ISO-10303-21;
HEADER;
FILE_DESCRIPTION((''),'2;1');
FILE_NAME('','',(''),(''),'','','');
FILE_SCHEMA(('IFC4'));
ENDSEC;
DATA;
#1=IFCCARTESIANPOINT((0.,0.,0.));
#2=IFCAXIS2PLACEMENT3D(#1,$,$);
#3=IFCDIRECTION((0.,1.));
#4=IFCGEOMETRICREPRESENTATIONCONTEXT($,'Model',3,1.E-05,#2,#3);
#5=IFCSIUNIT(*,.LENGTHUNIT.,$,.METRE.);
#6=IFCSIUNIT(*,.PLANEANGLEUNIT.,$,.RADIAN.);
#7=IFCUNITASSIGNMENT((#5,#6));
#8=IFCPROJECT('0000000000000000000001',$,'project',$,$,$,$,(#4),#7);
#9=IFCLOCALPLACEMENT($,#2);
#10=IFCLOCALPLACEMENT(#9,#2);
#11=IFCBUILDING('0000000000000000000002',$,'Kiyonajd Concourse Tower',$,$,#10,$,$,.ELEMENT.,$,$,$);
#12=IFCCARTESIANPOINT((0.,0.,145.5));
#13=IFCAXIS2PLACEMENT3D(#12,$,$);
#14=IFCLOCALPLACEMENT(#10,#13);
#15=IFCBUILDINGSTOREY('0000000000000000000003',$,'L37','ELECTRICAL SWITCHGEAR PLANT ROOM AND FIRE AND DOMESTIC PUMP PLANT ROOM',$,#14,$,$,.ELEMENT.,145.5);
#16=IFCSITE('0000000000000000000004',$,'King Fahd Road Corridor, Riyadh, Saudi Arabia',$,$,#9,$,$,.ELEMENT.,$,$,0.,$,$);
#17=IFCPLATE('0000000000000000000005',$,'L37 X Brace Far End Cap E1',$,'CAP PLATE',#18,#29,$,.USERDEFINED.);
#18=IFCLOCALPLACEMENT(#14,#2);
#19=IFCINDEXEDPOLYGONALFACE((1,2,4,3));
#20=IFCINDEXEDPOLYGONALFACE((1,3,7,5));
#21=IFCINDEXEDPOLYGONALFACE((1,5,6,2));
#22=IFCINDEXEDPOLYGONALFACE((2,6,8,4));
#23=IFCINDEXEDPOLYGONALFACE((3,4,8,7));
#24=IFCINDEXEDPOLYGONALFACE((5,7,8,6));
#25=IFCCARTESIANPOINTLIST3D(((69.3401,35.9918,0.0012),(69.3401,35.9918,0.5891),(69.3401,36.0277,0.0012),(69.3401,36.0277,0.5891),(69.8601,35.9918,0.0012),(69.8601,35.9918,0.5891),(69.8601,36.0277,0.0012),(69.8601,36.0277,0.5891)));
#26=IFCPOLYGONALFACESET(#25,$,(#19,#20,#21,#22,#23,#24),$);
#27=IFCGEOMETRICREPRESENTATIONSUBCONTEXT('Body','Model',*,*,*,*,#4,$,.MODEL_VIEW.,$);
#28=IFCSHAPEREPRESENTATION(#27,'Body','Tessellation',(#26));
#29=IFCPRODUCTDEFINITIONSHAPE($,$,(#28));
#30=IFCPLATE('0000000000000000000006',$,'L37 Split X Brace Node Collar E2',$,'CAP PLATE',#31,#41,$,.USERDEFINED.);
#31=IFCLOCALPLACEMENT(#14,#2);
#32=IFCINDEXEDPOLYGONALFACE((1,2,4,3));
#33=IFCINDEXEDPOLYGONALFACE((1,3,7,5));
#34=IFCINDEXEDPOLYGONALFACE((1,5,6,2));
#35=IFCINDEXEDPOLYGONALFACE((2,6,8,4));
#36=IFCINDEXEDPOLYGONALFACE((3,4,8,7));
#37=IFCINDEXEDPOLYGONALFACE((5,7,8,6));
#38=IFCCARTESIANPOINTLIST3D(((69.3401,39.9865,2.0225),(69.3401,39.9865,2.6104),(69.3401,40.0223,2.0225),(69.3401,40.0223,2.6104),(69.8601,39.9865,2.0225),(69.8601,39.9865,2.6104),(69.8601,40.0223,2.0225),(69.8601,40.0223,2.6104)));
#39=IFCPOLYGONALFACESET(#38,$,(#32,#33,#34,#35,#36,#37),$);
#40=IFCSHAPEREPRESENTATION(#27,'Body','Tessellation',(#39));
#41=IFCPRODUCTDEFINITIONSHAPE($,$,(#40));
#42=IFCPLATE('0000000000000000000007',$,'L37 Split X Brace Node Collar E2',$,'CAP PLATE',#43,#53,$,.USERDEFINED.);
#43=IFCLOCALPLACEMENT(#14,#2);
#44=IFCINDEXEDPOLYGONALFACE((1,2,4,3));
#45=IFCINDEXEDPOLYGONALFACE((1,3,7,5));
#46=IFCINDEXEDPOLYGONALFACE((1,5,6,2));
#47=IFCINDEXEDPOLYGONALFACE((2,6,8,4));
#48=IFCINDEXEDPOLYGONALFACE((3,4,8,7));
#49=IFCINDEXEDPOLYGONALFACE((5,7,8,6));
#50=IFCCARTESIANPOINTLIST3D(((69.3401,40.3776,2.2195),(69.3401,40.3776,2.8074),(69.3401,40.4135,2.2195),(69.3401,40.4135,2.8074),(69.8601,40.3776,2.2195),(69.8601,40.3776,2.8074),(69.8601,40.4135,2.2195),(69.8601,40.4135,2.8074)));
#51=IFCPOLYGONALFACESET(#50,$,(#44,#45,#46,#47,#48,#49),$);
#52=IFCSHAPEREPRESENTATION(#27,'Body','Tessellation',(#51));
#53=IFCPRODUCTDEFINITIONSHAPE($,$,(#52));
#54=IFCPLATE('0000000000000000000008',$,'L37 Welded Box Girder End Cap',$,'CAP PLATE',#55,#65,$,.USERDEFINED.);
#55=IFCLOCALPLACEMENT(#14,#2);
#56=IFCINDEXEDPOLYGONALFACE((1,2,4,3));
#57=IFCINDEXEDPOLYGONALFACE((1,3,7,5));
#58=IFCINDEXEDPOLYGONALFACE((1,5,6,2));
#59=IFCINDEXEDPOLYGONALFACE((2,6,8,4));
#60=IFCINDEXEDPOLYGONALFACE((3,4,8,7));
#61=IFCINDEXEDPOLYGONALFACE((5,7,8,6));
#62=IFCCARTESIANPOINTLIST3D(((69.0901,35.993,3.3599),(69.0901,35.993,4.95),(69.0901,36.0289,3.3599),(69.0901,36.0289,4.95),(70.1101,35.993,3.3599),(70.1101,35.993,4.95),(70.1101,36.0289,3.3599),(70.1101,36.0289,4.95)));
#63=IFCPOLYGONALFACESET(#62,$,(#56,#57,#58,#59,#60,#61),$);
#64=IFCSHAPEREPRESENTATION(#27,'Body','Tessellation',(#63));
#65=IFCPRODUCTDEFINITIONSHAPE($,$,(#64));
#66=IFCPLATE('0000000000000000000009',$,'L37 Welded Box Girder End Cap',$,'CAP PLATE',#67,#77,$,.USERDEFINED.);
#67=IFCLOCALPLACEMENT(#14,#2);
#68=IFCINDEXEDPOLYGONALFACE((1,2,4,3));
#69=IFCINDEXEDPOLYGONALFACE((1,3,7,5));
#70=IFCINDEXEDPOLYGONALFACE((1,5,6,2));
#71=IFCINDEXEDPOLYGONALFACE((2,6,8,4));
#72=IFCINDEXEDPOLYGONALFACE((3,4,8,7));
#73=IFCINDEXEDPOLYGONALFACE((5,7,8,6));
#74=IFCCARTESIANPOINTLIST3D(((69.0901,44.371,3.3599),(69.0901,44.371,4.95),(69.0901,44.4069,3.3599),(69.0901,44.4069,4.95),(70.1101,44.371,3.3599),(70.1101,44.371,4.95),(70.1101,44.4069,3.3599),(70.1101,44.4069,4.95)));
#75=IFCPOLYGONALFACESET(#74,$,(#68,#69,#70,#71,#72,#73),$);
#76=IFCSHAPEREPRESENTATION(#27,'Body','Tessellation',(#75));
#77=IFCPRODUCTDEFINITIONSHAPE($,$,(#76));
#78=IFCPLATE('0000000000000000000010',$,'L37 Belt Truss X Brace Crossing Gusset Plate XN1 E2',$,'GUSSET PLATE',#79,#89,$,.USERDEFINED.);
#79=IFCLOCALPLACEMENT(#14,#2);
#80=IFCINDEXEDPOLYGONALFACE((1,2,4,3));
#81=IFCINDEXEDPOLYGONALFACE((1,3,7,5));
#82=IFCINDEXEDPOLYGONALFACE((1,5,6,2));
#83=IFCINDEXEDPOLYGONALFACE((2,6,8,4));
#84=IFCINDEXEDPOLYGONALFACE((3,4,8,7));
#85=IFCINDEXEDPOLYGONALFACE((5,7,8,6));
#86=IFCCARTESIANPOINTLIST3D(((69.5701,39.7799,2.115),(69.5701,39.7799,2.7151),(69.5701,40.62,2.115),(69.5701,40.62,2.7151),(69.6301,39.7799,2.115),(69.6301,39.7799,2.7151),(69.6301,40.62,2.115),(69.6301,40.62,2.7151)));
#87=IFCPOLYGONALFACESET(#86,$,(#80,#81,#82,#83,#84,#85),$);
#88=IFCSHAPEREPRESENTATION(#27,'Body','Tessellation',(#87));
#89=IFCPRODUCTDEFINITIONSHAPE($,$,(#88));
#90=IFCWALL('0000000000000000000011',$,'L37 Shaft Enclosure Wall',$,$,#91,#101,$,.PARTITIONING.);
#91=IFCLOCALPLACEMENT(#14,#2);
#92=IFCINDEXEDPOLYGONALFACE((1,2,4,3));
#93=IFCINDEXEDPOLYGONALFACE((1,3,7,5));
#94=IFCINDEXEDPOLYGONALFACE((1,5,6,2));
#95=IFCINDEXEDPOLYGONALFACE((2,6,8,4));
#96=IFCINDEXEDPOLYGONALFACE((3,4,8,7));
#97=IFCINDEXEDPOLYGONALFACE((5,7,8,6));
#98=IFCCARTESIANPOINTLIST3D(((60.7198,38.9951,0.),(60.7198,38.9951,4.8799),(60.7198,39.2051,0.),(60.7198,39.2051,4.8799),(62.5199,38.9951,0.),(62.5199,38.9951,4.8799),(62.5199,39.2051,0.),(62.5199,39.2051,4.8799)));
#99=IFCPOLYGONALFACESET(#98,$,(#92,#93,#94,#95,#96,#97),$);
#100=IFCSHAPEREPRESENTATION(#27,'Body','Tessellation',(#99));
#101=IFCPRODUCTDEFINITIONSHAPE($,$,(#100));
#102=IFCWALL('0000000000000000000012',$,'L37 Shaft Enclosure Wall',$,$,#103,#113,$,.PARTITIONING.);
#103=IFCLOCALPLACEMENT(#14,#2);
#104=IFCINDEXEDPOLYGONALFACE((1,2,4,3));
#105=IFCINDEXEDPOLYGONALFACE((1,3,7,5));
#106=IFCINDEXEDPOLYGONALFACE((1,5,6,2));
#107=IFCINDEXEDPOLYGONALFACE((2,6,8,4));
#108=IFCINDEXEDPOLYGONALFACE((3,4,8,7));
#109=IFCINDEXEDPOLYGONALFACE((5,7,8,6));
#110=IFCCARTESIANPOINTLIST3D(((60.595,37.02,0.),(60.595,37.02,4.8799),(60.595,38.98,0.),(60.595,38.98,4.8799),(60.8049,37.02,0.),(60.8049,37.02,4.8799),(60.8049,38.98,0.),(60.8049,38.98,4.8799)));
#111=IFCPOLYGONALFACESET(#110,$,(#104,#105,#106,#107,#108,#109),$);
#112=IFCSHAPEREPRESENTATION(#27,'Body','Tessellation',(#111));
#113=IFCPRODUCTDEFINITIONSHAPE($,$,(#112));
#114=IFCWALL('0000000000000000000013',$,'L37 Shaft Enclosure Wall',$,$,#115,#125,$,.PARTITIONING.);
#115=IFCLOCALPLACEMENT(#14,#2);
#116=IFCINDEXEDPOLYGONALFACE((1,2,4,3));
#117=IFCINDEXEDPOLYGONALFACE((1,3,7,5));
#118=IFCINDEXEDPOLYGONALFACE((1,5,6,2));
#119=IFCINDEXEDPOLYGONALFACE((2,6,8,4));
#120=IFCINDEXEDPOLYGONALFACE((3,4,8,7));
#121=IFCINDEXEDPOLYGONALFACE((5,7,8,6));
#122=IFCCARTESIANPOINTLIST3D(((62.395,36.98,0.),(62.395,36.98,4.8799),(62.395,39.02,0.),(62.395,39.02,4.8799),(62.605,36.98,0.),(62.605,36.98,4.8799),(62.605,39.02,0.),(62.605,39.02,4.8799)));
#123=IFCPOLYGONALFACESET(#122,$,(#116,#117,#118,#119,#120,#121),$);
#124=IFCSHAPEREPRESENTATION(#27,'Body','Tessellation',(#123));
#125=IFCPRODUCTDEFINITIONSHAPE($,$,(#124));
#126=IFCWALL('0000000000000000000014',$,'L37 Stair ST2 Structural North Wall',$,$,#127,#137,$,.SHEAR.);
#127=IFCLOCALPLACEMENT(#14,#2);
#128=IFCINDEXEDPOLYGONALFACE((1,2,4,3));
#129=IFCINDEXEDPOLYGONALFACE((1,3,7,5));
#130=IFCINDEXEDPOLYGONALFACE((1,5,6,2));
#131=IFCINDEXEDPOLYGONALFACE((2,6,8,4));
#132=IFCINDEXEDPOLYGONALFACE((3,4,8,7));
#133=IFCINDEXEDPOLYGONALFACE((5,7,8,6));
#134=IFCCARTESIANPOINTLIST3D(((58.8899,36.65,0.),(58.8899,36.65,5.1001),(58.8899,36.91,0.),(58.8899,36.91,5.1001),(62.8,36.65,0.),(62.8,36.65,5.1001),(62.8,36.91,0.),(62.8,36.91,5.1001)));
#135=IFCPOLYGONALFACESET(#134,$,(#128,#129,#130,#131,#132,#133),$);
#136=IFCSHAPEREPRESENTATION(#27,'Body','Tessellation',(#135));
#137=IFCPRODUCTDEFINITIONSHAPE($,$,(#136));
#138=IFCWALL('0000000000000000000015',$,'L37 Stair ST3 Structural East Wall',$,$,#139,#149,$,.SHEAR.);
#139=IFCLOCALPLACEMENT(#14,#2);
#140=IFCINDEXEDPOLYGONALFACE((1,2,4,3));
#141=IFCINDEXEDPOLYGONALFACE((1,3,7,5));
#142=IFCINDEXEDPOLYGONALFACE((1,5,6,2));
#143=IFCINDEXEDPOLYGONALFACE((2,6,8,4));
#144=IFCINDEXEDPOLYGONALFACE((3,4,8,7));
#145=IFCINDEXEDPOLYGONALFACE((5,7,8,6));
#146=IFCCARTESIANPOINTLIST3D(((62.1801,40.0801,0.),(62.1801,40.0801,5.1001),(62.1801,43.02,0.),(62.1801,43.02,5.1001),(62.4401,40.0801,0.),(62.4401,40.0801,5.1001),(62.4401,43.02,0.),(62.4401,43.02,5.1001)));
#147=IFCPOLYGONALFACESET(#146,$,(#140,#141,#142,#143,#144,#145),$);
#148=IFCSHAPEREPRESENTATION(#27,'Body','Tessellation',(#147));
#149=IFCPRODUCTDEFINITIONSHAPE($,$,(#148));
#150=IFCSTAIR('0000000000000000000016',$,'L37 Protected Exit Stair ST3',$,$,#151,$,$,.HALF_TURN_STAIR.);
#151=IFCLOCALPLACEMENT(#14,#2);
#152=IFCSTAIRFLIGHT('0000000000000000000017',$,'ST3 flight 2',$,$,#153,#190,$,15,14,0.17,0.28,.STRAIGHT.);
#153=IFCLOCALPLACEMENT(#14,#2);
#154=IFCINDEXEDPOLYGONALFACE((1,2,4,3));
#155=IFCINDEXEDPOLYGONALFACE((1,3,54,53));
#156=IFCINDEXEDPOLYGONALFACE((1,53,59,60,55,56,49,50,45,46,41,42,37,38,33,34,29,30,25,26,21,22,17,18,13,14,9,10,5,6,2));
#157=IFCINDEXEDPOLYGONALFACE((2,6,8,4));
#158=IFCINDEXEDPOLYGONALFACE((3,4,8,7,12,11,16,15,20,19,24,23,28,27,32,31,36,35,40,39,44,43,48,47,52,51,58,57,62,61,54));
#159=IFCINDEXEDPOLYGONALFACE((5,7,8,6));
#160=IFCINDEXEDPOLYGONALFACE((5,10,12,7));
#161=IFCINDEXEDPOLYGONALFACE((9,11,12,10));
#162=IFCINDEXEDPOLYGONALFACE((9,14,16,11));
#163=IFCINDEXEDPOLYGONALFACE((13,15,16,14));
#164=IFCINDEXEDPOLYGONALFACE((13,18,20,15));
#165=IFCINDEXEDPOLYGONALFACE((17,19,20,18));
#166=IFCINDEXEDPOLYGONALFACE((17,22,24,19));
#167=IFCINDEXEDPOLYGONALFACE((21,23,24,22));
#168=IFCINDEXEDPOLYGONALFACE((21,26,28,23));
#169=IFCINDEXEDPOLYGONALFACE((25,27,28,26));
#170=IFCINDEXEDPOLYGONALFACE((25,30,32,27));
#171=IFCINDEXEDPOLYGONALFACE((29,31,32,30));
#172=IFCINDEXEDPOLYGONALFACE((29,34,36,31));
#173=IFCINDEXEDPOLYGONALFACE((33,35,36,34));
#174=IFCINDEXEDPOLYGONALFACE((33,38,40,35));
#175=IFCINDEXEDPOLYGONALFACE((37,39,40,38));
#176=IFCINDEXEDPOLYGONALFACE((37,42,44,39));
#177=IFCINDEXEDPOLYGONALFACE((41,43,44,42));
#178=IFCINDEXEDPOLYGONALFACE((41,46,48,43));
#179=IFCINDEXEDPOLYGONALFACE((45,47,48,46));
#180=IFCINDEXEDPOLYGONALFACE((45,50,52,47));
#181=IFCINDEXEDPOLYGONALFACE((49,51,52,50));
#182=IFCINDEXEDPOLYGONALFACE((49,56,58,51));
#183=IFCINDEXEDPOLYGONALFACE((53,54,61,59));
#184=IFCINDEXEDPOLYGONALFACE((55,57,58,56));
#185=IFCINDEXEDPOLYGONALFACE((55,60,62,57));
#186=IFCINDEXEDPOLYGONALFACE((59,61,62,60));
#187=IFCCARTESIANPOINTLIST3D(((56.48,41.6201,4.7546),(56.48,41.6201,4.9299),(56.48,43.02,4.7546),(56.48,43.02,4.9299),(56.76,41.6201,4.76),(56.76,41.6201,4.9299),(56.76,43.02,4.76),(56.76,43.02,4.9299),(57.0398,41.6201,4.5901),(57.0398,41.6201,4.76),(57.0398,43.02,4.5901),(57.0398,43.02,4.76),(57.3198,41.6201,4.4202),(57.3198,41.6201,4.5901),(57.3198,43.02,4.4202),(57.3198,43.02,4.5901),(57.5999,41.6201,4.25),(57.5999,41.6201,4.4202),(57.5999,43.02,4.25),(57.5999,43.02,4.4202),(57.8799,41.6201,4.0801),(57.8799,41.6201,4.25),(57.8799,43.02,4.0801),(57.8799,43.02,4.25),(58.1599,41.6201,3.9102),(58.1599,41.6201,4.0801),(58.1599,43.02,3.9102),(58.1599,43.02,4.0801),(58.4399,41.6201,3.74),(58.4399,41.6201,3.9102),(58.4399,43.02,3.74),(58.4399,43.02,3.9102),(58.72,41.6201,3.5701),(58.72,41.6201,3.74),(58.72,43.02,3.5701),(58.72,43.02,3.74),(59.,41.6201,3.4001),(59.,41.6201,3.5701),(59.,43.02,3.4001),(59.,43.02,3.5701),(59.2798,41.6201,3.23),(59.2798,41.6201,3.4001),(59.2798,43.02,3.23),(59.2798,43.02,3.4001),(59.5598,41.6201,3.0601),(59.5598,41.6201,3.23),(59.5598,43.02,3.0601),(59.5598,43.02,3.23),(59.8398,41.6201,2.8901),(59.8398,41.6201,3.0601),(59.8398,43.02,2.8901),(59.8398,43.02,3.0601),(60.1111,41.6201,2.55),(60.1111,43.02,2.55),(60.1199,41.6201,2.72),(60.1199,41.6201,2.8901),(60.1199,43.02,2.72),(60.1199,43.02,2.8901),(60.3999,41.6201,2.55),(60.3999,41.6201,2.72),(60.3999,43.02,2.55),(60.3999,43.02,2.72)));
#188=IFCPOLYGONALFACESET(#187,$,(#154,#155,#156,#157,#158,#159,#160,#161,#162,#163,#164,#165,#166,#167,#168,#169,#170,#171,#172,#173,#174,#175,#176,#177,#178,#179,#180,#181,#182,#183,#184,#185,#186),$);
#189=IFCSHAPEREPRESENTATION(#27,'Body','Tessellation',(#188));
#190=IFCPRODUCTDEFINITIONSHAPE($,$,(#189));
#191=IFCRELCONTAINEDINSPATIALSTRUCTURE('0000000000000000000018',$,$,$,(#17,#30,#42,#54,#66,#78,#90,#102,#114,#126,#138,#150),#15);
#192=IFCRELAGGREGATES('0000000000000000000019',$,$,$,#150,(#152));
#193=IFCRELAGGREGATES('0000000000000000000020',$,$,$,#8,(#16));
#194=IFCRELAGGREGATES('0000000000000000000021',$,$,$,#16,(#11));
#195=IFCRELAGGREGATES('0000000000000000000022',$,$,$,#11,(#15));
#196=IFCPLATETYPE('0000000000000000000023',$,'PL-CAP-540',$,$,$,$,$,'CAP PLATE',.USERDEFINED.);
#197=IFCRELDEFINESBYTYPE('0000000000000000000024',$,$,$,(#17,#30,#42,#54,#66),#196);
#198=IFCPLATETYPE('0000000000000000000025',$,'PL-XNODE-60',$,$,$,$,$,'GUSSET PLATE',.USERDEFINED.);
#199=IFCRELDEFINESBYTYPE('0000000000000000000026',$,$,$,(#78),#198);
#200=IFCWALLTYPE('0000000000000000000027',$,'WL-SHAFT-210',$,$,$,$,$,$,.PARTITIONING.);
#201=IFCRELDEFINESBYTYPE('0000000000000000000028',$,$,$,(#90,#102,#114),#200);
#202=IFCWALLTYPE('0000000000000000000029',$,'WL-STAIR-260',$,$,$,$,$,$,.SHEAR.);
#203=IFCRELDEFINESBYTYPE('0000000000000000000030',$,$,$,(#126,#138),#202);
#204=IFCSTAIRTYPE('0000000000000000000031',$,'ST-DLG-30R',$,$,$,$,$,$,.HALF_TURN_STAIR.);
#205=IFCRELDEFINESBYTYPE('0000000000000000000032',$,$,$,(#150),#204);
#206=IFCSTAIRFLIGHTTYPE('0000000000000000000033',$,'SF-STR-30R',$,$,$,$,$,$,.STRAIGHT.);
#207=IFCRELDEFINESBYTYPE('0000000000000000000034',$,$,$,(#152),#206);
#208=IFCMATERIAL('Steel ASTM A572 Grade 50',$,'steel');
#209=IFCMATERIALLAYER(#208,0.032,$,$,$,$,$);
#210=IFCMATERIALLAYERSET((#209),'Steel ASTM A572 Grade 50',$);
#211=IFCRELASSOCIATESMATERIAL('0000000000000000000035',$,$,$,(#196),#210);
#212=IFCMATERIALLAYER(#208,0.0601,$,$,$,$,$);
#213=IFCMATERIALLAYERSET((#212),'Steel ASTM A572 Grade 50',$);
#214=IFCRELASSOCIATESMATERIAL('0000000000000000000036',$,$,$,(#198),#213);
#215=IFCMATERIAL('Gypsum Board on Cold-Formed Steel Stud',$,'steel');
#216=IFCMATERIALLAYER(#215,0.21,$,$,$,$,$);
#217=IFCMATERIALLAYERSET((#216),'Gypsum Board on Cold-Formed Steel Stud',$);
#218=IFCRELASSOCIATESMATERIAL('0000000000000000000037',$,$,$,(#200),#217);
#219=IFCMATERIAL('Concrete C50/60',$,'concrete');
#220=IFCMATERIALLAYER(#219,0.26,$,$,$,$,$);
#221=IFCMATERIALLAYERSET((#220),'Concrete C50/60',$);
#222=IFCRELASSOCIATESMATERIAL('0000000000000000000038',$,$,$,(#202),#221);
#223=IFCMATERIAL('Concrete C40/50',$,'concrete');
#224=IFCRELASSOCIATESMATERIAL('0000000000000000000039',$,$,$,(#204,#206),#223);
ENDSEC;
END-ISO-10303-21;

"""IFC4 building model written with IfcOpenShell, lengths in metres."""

from ifc_helpers import new_model, si_unit, direction, frame, frame_2d, origin, origin_2d, place, context, subcontext, project, spatial, polyline, rectangle, outline, extrude, material, layer, layer_set, type_object, element, aggregate, save


model = new_model("IFC4")

# Units and contexts
model_context = context("Model", 3, precision=1e-05, world=origin(), true_north=direction((0.0, 1.0)))
body_context = subcontext(model_context, "Body", "Model", "MODEL_VIEW")
ifc_project = project(units=[si_unit("LENGTHUNIT", "METRE"), si_unit("PLANEANGLEUNIT", "RADIAN")], contexts=[model_context])

# Site, building, storey
site_placement = place(None, origin())
site = spatial("IfcSite", under=ifc_project, at=site_placement, Name="King Fahd Road Corridor, Riyadh, Saudi Arabia", CompositionType="ELEMENT", RefElevation=0.0)
building_placement = place(site_placement, origin())
building = spatial("IfcBuilding", under=site, at=building_placement, Name="Kiyonajd Concourse Tower", CompositionType="ELEMENT")
storey_placement = place(building_placement, frame((0.0, 0.0, 145.5)))
storey = spatial("IfcBuildingStorey", under=building, at=storey_placement, Name="L37", Description="ELECTRICAL SWITCHGEAR PLANT ROOM AND FIRE AND DOMESTIC PUMP PLANT ROOM", CompositionType="ELEMENT", Elevation=145.5)

# Shared definitions
ifc_material_1 = material(Name="Steel ASTM A572 Grade 50", Category="steel")

# Plates
ifc_layer_1 = layer(ifc_material_1, 0.032)
ifc_layer_set_1 = layer_set([ifc_layer_1], Name="Steel ASTM A572 Grade 50")
plate_type_1 = type_object("IfcPlateType", Name="PL-CAP-540", ElementType="CAP PLATE", PredefinedType="USERDEFINED", material=ifc_layer_set_1)
for number, where, z_axis, x_axis, name in (
    (1, (69.6001, 36.0098, 0.0012), (0.0, 0.0, 1.0), (0.0, 1.0, 0.0), "L37 X Brace Far End Cap E1"),
    (2, (69.6001, 40.0044, 2.0225), (0.0, 0.0, 1.0), (0.0, 1.0, 0.0), "L37 Split X Brace Node Collar E2"),
    (3, (69.6001, 40.3955, 2.2195), (0.0, 0.0, 1.0), (0.0, -1.0, 0.0), "L37 Split X Brace Node Collar E2"),
):
    element("IfcPlate", number, at=place(storey_placement, frame(where, z_axis=z_axis, x_axis=x_axis)), inside=storey, type_object=plate_type_1, Name=name, ObjectType="CAP PLATE", PredefinedType="USERDEFINED", context=body_context, shape_type="SweptSolid", body=[
        extrude(rectangle(XDim=0.0359, YDim=0.52, at=origin_2d()), origin(), (0.0, 0.0, 1.0), 0.5879),
    ])
for number, where, z_axis, x_axis, name in (
    (4, (69.6001, 36.011, 3.3599), (0.0, 0.0, 1.0), (0.0, 1.0, 0.0), "L37 Welded Box Girder End Cap"),
    (5, (69.6001, 44.3889, 3.3599), (0.0, 0.0, 1.0), (0.0, -1.0, 0.0), "L37 Welded Box Girder End Cap"),
):
    element("IfcPlate", number, at=place(storey_placement, frame(where, z_axis=z_axis, x_axis=x_axis)), inside=storey, type_object=plate_type_1, Name=name, ObjectType="CAP PLATE", PredefinedType="USERDEFINED", context=body_context, shape_type="SweptSolid", body=[
        extrude(rectangle(XDim=0.0359, YDim=1.02, at=origin_2d()), origin(), (0.0, 0.0, 1.0), 1.5901),
    ])
ifc_layer_2 = layer(ifc_material_1, 0.0601)
ifc_layer_set_2 = layer_set([ifc_layer_2], Name="Steel ASTM A572 Grade 50")
plate_type_2 = type_object("IfcPlateType", Name="PL-XNODE-60", ElementType="GUSSET PLATE", PredefinedType="USERDEFINED", material=ifc_layer_set_2)
plate_1_placement = place(storey_placement, frame((69.6001, 40.2, 2.115), z_axis=(0.0, 0.0, 1.0), x_axis=(1.0, 0.0, 0.0)))
element("IfcPlate", 6, at=plate_1_placement, inside=storey, type_object=plate_type_2, Name="L37 Belt Truss X Brace Crossing Gusset Plate XN1 E2", ObjectType="GUSSET PLATE", PredefinedType="USERDEFINED", context=body_context, shape_type="SweptSolid", body=[
    extrude(rectangle(XDim=0.0601, YDim=0.8401, at=origin_2d()), origin(), (0.0, 0.0, 1.0), 0.6001),
])

# Walls
ifc_material_2 = material(Name="Gypsum Board on Cold-Formed Steel Stud", Category="steel")
ifc_layer_3 = layer(ifc_material_2, 0.21)
ifc_layer_set_3 = layer_set([ifc_layer_3], Name="Gypsum Board on Cold-Formed Steel Stud")
wall_type_1 = type_object("IfcWallType", Name="WL-SHAFT-210", PredefinedType="PARTITIONING", material=ifc_layer_set_3)
wall_1_placement = place(storey_placement, frame((60.72, 39.1001, 0.0), z_axis=(0.0, 0.0, 1.0), x_axis=(1.0, 0.0, 0.0)))
element("IfcWall", 7, at=wall_1_placement, inside=storey, type_object=wall_type_1, Name="L37 Shaft Enclosure Wall", PredefinedType="PARTITIONING", context=body_context, shape_type="SweptSolid", body=[
    extrude(rectangle(XDim=1.8, YDim=0.21, at=frame_2d((0.8999, 0.0))), origin(), (0.0, 0.0, 1.0), 4.8799),
])
wall_2_placement = place(storey_placement, frame((60.7, 37.02, 0.0), z_axis=(0.0, 0.0, 1.0), x_axis=(0.0, 1.0, 0.0)))
element("IfcWall", 8, at=wall_2_placement, inside=storey, type_object=wall_type_1, Name="L37 Shaft Enclosure Wall", PredefinedType="PARTITIONING", context=body_context, shape_type="SweptSolid", body=[
    extrude(rectangle(XDim=1.96, YDim=0.21, at=frame_2d((0.98, 0.0))), origin(), (0.0, 0.0, 1.0), 4.8799),
])
wall_3_placement = place(storey_placement, frame((62.5, 36.98, 0.0), z_axis=(0.0, 0.0, 1.0), x_axis=(0.0, 1.0, 0.0)))
element("IfcWall", 9, at=wall_3_placement, inside=storey, type_object=wall_type_1, Name="L37 Shaft Enclosure Wall", PredefinedType="PARTITIONING", context=body_context, shape_type="SweptSolid", body=[
    extrude(rectangle(XDim=2.04, YDim=0.21, at=frame_2d((1.02, 0.0))), origin(), (0.0, 0.0, 1.0), 4.8799),
])
ifc_material_3 = material(Name="Concrete C50/60", Category="concrete")
ifc_layer_4 = layer(ifc_material_3, 0.26)
ifc_layer_set_4 = layer_set([ifc_layer_4], Name="Concrete C50/60")
wall_type_2 = type_object("IfcWallType", Name="WL-STAIR-260", PredefinedType="SHEAR", material=ifc_layer_set_4)
wall_4_placement = place(storey_placement, frame((58.8899, 36.78, 0.0), z_axis=(0.0, 0.0, 1.0), x_axis=(1.0, 0.0, 0.0)))
element("IfcWall", 10, at=wall_4_placement, inside=storey, type_object=wall_type_2, Name="L37 Stair ST2 Structural North Wall", PredefinedType="SHEAR", context=body_context, shape_type="SweptSolid", body=[
    extrude(rectangle(XDim=3.9102, YDim=0.26, at=frame_2d((1.9551, 0.0))), origin(), (0.0, 0.0, 1.0), 5.1001),
])
wall_5_placement = place(storey_placement, frame((62.3101, 40.0801, 0.0), z_axis=(0.0, 0.0, 1.0), x_axis=(0.0, 1.0, 0.0)))
element("IfcWall", 11, at=wall_5_placement, inside=storey, type_object=wall_type_2, Name="L37 Stair ST3 Structural East Wall", PredefinedType="SHEAR", context=body_context, shape_type="SweptSolid", body=[
    extrude(rectangle(XDim=2.9399, YDim=0.26, at=frame_2d((1.47, 0.0))), origin(), (0.0, 0.0, 1.0), 5.1001),
])

# Stair, stair flight
ifc_material_4 = material(Name="Concrete C40/50", Category="concrete")
stair_type = type_object("IfcStairType", Name="ST-DLG-30R", PredefinedType="HALF_TURN_STAIR", material=ifc_material_4)
stair_placement = place(storey_placement, origin())
stair = element("IfcStair", 12, at=stair_placement, inside=storey, type_object=stair_type, Name="L37 Protected Exit Stair ST3", PredefinedType="HALF_TURN_STAIR")
stair_flight_type = type_object("IfcStairFlightType", Name="SF-STR-30R", PredefinedType="STRAIGHT", material=ifc_material_4)
stair_flight_placement = place(storey_placement, frame((60.3999, 42.3201, 2.55), z_axis=(0.0, 0.0, 1.0), x_axis=(-1.0, 0.0, 0.0)))
stair_flight = element("IfcStairFlight", 13, at=stair_flight_placement, type_object=stair_flight_type, Name="ST3 flight 2", NumberOfRisers=15, NumberOfTreads=14, PredefinedType="STRAIGHT", RiserHeight=0.17, TreadLength=0.28, context=body_context, shape_type="SweptSolid", body=[
    extrude(outline(polyline([(0.0, 0.0), (0.0, 0.1699), (0.28, 0.1699), (0.28, 0.3401), (0.5601, 0.3401), (0.5601, 0.51), (0.8401, 0.51), (0.8401, 0.6799), (1.1201, 0.6799), (1.1201, 0.8501), (1.3999, 0.8501), (1.3999, 1.02), (1.6799, 1.02), (1.6799, 1.1899), (1.96, 1.1899), (1.96, 1.3601), (2.24, 1.3601), (2.24, 1.53), (2.52, 1.53), (2.52, 1.7), (2.8, 1.7), (2.8, 1.8701), (3.0801, 1.8701), (3.0801, 2.04), (3.3601, 2.04), (3.3601, 2.21), (3.6399, 2.21), (3.6399, 2.3799), (3.9199, 2.3799), (3.9199, 2.55), (3.9199, 2.2046), (0.2888, 0.0), (0.0, 0.0)])), frame((0.0, 0.7, 0.0), z_axis=(0.0, -1.0, 0.0), x_axis=(1.0, 0.0, 0.0)), (0.0, 0.0, 1.0), 1.3999),
])
aggregate(stair, [stair_flight])

save(model, "model.ifc")
